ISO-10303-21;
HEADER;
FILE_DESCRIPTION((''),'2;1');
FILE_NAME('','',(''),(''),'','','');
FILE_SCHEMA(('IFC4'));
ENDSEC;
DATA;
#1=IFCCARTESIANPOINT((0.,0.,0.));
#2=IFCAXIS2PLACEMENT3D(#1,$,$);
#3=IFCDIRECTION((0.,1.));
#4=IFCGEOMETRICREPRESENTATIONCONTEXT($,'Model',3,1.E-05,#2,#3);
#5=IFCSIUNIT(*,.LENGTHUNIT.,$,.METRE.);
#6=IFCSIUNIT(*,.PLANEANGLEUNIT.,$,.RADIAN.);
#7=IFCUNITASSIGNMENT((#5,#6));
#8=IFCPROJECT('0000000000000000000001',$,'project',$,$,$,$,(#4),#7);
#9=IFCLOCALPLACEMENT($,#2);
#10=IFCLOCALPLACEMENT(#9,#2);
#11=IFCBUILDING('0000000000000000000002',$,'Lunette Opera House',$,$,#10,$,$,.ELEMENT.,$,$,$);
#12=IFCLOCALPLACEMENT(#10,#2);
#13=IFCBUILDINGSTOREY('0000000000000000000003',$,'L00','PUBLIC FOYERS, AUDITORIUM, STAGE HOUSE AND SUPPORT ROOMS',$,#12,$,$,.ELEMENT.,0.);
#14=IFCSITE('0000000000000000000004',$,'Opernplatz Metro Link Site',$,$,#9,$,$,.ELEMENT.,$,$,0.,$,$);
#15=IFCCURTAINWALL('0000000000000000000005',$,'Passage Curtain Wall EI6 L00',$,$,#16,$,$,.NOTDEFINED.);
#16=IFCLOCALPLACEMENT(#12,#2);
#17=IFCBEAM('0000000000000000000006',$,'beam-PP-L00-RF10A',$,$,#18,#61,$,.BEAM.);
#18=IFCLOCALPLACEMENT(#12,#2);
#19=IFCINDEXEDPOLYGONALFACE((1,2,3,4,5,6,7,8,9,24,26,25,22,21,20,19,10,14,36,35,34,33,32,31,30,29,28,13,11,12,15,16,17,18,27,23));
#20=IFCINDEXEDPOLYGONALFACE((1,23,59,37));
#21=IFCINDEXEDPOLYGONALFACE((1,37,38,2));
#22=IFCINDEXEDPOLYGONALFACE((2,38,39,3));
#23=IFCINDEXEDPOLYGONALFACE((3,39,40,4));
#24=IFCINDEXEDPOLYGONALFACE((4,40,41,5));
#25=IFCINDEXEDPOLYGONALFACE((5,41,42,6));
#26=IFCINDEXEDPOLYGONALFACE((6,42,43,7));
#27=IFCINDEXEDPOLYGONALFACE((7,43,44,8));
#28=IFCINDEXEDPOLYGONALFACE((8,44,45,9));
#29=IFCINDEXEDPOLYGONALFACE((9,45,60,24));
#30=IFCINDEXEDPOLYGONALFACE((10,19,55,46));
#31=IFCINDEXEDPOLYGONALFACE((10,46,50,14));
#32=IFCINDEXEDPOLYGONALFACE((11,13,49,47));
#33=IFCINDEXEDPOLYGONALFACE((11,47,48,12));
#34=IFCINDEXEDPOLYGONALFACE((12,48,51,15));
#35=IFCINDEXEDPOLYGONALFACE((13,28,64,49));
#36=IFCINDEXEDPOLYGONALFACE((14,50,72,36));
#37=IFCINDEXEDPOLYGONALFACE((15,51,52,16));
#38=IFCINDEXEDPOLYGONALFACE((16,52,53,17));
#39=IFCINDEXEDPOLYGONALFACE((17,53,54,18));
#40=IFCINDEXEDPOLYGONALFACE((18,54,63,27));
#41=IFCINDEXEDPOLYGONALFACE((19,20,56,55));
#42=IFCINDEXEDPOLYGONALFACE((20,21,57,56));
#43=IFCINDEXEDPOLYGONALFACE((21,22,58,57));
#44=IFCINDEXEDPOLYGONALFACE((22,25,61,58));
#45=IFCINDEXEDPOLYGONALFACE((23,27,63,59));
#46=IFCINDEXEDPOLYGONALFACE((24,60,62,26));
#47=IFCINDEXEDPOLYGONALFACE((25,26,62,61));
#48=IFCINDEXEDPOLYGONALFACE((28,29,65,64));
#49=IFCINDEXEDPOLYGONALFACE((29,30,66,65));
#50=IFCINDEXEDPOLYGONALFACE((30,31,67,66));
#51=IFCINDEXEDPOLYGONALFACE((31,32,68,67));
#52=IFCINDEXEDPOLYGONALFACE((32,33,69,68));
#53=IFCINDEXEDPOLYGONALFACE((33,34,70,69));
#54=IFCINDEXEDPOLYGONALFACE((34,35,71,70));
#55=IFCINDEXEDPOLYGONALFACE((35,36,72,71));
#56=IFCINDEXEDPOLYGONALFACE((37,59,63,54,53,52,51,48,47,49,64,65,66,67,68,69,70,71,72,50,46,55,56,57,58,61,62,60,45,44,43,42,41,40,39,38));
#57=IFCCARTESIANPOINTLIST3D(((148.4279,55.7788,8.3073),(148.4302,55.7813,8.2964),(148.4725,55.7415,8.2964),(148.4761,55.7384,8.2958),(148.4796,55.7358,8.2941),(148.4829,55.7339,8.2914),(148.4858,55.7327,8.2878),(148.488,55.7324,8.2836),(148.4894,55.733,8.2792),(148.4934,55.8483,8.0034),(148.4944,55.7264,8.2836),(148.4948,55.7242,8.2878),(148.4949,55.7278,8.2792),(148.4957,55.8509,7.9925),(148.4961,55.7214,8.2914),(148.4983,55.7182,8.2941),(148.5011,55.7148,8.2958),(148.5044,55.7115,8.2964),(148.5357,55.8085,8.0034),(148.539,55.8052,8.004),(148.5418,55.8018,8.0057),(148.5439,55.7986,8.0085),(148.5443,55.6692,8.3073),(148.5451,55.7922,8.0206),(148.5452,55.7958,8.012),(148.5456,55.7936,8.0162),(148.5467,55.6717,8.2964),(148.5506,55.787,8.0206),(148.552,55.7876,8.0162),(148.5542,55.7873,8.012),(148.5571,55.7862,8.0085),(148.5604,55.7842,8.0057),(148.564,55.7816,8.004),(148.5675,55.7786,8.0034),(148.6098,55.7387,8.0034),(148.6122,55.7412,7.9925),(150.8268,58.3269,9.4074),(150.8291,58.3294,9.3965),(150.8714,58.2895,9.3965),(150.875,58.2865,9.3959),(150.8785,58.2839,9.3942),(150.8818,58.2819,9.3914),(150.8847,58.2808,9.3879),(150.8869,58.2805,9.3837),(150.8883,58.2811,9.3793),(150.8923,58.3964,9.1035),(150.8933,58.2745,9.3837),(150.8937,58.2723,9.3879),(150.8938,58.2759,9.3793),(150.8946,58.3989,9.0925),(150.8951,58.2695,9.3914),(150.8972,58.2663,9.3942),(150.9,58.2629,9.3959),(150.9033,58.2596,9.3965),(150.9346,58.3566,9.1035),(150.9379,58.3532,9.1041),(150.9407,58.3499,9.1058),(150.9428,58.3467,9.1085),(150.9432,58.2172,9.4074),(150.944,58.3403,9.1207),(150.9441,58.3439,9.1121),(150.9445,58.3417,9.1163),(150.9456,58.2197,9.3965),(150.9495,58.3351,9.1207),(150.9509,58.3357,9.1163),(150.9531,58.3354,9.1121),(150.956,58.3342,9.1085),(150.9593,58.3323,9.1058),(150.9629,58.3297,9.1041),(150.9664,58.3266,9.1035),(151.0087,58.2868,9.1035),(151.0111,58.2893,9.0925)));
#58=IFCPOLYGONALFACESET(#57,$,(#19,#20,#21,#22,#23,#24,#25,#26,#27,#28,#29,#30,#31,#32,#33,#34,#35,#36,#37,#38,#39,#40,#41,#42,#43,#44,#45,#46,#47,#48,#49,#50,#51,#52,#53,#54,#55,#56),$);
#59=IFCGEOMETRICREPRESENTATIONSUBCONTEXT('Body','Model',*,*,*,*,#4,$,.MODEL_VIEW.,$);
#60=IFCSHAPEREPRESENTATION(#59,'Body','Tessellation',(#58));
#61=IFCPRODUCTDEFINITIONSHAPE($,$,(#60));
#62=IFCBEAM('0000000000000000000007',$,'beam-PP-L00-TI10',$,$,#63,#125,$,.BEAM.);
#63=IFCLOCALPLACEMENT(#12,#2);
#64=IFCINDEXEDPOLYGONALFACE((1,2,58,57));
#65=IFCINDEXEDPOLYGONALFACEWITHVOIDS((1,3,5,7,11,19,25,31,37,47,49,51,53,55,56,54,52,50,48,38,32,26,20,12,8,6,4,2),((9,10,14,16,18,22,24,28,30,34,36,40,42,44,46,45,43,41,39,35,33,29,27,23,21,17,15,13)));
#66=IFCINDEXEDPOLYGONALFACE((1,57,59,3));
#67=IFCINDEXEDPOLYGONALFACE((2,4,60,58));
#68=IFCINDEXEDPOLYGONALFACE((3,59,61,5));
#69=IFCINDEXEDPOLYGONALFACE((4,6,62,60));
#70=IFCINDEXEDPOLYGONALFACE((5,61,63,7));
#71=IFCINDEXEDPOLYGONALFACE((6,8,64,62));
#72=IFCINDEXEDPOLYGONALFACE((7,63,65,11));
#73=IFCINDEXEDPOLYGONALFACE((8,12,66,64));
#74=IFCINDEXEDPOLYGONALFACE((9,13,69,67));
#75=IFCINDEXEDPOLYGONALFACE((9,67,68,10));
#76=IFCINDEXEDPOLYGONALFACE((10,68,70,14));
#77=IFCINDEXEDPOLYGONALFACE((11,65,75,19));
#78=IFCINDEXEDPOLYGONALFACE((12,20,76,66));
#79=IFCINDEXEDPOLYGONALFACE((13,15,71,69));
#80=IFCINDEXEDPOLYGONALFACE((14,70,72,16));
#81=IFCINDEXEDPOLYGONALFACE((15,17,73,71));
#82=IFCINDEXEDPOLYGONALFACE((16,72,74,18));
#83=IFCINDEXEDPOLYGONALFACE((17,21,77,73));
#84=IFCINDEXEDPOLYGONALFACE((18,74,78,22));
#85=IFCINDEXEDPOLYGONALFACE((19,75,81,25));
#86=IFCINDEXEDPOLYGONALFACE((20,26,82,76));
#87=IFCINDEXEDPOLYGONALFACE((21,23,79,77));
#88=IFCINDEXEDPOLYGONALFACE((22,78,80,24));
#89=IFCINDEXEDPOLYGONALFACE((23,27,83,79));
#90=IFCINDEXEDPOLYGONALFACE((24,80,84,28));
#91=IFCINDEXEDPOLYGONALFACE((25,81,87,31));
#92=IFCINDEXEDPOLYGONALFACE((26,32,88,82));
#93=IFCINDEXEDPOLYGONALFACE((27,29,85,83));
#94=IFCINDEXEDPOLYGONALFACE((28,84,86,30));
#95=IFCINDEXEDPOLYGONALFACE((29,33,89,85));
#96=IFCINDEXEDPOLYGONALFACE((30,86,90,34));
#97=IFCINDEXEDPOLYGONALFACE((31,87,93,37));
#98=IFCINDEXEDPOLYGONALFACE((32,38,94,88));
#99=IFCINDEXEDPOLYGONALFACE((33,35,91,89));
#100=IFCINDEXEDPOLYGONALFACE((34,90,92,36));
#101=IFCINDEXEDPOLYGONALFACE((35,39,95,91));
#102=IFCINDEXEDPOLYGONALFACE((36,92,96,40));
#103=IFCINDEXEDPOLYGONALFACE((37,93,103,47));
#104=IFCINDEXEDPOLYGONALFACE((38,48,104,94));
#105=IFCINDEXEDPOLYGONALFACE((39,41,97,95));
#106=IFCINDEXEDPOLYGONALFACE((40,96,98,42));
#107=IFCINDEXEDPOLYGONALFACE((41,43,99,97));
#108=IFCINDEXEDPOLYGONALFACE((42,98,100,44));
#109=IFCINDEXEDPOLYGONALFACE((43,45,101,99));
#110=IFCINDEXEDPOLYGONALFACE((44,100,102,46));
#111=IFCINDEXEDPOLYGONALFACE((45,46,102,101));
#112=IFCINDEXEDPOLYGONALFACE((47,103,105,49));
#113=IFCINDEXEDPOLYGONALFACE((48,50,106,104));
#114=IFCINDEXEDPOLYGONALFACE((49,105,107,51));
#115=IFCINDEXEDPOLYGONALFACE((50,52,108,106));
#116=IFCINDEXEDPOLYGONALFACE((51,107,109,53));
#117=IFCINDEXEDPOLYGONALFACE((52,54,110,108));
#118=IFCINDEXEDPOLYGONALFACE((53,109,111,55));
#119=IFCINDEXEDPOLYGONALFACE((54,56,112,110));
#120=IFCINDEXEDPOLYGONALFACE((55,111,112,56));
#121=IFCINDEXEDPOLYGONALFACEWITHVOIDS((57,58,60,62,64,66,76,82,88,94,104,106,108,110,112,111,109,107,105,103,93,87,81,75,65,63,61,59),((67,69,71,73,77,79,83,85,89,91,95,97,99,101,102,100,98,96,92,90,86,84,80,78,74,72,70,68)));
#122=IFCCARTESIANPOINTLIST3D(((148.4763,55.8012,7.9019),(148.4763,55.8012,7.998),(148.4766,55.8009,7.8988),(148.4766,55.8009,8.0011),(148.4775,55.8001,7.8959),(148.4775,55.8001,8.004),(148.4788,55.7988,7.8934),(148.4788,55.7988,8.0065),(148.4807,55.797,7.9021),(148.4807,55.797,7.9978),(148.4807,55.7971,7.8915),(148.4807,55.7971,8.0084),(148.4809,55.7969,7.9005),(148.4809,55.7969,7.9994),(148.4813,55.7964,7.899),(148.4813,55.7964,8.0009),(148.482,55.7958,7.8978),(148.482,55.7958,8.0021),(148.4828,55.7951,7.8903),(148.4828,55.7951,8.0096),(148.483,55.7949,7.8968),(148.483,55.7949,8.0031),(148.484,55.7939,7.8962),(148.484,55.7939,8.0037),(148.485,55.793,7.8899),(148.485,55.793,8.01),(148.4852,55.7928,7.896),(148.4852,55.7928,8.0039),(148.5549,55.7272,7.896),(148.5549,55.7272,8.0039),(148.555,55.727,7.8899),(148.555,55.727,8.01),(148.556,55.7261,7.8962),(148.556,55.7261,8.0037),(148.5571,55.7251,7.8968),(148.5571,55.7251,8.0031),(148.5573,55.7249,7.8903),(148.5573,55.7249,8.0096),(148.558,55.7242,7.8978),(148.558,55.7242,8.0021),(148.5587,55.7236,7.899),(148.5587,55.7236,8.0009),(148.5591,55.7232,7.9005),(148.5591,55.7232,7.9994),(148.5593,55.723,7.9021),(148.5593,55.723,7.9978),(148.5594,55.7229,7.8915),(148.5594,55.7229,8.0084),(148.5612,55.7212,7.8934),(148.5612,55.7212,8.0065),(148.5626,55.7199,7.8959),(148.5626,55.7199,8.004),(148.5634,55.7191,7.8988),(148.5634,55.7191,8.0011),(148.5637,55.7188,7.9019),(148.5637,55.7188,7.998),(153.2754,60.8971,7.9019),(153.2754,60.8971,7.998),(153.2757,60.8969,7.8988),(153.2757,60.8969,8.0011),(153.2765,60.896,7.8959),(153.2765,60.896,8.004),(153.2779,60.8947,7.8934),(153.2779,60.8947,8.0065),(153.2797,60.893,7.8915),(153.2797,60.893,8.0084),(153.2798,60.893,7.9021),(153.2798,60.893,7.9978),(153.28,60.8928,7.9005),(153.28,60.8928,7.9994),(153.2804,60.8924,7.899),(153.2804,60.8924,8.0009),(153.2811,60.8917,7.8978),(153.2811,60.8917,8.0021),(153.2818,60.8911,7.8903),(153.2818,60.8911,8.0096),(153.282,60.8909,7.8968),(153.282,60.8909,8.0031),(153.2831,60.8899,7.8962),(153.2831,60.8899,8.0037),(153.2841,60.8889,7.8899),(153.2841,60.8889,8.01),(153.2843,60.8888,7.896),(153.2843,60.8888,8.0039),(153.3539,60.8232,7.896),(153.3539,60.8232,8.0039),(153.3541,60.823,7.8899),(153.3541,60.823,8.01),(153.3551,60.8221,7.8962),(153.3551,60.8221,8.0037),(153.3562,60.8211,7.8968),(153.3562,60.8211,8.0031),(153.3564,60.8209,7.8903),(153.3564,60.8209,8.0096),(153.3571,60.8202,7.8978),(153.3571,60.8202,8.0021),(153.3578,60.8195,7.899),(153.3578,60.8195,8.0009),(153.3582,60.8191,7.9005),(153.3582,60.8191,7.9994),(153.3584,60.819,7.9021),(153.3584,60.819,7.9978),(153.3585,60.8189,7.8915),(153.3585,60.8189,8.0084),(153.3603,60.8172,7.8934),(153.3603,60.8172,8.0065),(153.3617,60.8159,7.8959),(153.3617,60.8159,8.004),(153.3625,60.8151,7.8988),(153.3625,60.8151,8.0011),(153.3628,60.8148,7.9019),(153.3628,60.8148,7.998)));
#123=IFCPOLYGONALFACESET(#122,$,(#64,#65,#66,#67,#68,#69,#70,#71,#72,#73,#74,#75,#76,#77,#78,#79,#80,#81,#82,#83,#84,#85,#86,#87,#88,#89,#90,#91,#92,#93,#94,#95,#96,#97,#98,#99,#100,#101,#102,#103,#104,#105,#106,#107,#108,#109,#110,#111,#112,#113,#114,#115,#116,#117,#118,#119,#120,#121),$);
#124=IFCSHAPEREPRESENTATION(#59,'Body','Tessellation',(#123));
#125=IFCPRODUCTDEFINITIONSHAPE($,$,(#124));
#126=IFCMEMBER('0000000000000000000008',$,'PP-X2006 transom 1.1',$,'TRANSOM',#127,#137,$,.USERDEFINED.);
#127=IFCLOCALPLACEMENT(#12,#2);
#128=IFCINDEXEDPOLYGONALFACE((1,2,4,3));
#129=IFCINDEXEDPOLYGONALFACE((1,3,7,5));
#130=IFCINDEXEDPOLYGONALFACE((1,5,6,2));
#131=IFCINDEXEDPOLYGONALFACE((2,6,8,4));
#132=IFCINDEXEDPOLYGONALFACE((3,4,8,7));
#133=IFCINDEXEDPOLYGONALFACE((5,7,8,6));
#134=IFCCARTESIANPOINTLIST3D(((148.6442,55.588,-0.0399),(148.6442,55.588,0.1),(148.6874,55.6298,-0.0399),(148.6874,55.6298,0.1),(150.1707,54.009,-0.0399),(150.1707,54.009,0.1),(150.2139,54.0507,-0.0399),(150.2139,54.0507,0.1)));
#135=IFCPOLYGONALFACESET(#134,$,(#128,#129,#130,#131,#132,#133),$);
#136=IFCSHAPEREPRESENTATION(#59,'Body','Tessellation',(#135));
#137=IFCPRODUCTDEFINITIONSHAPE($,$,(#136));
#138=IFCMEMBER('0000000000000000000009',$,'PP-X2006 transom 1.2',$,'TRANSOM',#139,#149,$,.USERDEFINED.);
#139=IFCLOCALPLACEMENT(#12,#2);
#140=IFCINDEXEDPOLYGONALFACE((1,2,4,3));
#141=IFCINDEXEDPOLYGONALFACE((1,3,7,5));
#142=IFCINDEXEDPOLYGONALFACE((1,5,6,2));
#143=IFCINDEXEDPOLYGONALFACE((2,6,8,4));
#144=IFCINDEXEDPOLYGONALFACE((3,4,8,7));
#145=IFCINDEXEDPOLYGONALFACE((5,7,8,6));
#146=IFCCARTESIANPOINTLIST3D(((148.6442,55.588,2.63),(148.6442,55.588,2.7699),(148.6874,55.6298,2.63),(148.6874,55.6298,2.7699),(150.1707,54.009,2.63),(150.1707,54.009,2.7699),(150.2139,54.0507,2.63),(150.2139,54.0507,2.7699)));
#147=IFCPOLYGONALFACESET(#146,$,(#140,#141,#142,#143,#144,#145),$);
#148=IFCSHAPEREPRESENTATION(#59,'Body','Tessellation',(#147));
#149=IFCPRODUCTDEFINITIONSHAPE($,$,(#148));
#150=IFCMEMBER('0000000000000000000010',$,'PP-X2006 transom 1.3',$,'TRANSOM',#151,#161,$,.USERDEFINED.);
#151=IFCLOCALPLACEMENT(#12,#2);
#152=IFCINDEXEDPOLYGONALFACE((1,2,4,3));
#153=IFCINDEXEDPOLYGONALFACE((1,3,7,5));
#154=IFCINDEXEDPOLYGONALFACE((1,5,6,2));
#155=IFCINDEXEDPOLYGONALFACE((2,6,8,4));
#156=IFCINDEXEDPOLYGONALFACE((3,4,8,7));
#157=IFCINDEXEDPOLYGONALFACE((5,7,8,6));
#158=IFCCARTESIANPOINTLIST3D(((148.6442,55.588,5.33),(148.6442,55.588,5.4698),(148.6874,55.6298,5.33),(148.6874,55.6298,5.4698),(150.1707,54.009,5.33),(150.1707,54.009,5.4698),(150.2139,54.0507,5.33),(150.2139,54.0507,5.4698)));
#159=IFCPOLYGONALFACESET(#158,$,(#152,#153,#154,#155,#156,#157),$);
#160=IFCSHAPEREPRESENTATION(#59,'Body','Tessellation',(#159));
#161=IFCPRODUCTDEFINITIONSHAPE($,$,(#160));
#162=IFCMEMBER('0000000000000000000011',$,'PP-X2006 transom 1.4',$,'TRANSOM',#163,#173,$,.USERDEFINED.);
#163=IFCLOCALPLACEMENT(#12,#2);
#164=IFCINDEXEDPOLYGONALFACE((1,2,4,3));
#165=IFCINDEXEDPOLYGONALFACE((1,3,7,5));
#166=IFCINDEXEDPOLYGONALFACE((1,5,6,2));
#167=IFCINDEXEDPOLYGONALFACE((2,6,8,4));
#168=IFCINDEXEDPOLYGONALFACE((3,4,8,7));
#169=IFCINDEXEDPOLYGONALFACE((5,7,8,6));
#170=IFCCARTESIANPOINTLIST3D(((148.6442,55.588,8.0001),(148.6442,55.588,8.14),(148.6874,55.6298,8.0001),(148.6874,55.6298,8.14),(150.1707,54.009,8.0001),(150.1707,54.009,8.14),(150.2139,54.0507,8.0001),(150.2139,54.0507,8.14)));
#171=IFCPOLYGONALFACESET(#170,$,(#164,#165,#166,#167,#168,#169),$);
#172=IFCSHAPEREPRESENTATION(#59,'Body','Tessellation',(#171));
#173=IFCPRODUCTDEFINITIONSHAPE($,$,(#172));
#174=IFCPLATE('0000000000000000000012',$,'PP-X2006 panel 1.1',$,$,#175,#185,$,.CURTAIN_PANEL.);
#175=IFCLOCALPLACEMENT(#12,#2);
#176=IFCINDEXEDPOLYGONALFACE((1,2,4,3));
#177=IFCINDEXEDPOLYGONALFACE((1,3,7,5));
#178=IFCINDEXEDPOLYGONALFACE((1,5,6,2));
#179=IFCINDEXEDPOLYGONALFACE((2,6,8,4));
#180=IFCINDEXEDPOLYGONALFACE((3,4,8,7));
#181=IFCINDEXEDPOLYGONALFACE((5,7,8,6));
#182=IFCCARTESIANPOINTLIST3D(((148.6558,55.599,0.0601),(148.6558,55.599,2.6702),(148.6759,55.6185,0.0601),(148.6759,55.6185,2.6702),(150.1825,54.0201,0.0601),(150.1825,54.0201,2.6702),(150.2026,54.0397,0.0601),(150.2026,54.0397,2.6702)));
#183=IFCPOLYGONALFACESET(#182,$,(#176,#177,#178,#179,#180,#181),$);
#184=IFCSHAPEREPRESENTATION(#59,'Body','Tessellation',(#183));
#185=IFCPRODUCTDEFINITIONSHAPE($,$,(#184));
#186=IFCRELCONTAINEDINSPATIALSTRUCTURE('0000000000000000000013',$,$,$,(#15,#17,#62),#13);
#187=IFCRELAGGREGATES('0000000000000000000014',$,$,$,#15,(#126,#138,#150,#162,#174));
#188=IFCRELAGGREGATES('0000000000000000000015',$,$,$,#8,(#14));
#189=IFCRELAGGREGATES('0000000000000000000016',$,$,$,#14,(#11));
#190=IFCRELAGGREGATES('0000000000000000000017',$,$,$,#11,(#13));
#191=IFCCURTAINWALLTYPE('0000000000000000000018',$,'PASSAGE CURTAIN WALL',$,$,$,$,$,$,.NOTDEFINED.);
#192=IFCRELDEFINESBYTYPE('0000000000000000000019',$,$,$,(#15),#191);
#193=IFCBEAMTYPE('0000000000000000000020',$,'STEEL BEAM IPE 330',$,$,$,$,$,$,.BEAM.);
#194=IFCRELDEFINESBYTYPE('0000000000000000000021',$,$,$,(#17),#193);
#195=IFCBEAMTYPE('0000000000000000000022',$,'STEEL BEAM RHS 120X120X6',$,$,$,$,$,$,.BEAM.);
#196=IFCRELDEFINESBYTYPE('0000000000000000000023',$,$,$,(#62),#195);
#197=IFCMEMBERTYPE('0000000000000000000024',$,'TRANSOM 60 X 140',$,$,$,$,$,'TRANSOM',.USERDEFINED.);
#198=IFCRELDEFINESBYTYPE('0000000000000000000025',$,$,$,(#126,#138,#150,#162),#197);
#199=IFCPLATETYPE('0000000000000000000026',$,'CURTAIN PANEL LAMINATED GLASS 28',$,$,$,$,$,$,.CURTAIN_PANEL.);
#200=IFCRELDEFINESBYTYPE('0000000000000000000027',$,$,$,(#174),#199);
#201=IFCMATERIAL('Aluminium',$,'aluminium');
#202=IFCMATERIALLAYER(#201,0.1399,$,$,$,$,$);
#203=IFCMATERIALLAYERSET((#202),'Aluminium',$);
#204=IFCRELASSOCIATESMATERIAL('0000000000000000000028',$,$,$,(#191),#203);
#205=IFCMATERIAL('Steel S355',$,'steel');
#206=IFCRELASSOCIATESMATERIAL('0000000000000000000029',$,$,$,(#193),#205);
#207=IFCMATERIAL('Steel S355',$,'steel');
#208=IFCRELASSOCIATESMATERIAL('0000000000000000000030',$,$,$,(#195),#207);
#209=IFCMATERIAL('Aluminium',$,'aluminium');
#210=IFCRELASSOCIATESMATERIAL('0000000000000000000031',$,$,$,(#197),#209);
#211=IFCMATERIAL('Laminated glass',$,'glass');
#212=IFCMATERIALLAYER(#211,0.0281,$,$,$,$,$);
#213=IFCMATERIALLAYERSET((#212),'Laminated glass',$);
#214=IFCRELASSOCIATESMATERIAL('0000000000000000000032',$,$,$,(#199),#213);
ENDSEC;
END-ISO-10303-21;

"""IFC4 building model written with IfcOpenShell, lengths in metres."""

from ifc_helpers import new_model, si_unit, direction, frame, origin, origin_2d, place, context, subcontext, project, spatial, rectangle, hollow_rectangle, i_section, extrude, material, layer, layer_set, material_profile, profile_set, type_object, element, aggregate, save


model = new_model("IFC4")

# Units and contexts
model_context = context("Model", 3, precision=1e-05, world=origin(), true_north=direction((0.0, 1.0)))
body_context = subcontext(model_context, "Body", "Model", "MODEL_VIEW")
ifc_project = project(units=[si_unit("LENGTHUNIT", "METRE"), si_unit("PLANEANGLEUNIT", "RADIAN")], contexts=[model_context])

# Site, building, storey
site_placement = place(None, origin())
site = spatial("IfcSite", under=ifc_project, at=site_placement, Name="Opernplatz Metro Link Site", CompositionType="ELEMENT", RefElevation=0.0)
building_placement = place(site_placement, origin())
building = spatial("IfcBuilding", under=site, at=building_placement, Name="Lunette Opera House", CompositionType="ELEMENT")
storey_placement = place(building_placement, origin())
storey = spatial("IfcBuildingStorey", under=building, at=storey_placement, Name="L00", Description="PUBLIC FOYERS, AUDITORIUM, STAGE HOUSE AND SUPPORT ROOMS", CompositionType="ELEMENT", Elevation=0.0)

# Curtain wall
ifc_material_1 = material(Name="Aluminium", Category="aluminium")
ifc_layer_1 = layer(ifc_material_1, 0.1399)
ifc_layer_set_1 = layer_set([ifc_layer_1], Name="Aluminium")
curtain_wall_type = type_object("IfcCurtainWallType", Name="PASSAGE CURTAIN WALL", PredefinedType="NOTDEFINED", material=ifc_layer_set_1)
curtain_wall_1_placement = place(storey_placement, origin())
curtain_wall_1 = element("IfcCurtainWall", 1, at=curtain_wall_1_placement, inside=storey, type_object=curtain_wall_type, Name="Passage Curtain Wall EI6 L00", PredefinedType="NOTDEFINED")

# Beams
ifc_material_2 = material(Name="Steel S355", Category="steel")
ifc_material_profile_1 = material_profile(ifc_material_2, i_section(OverallWidth=0.1599, OverallDepth=0.3301, WebThickness=0.0076, FlangeThickness=0.0115, FilletRadius=0.0181, at=origin_2d()), Name="IPE 330")
ifc_profile_set_1 = profile_set([ifc_material_profile_1], Name="Steel S355")
beam_type_1 = type_object("IfcBeamType", Name="STEEL BEAM IPE 330", PredefinedType="BEAM", material=ifc_profile_set_1)
beam_1_placement = place(storey_placement, frame((148.52, 55.76, 8.1499), z_axis=(0.653927, 0.694589, 0.299877), x_axis=(-0.728098, 0.685473, 0.0)))
element("IfcBeam", 2, at=beam_1_placement, inside=storey, type_object=beam_type_1, Name="beam-PP-L00-RF10A", PredefinedType="BEAM", context=body_context, shape_type="SweptSolid", body=[
    extrude(i_section(OverallWidth=0.1599, OverallDepth=0.3301, WebThickness=0.0076, FlangeThickness=0.0115, FilletRadius=0.0181, at=origin_2d()), origin(), (0.0, 0.0, 1.0), 3.6685),
])
ifc_material_3 = material(Name="Steel S355", Category="steel")
ifc_material_profile_2 = material_profile(ifc_material_3, hollow_rectangle(XDim=0.1201, YDim=0.1201, WallThickness=0.0061, InnerFilletRadius=0.0061, OuterFilletRadius=0.012, at=origin_2d()), Name="RHS 120X120X6")
ifc_profile_set_2 = profile_set([ifc_material_profile_2], Name="Steel S355")
beam_type_2 = type_object("IfcBeamType", Name="STEEL BEAM RHS 120X120X6", PredefinedType="BEAM", material=ifc_profile_set_2)
beam_2_placement = place(storey_placement, frame((148.52, 55.76, 7.95), z_axis=(0.685583, 0.727994, 0.0), x_axis=(-0.727994, 0.685583, 0.0)))
element("IfcBeam", 3, at=beam_2_placement, inside=storey, type_object=beam_type_2, Name="beam-PP-L00-TI10", PredefinedType="BEAM", context=body_context, shape_type="SweptSolid", body=[
    extrude(hollow_rectangle(XDim=0.1201, YDim=0.1201, WallThickness=0.0061, InnerFilletRadius=0.0061, OuterFilletRadius=0.012, at=origin_2d()), origin(), (0.0, 0.0, 1.0), 7.0),
])

# Members
ifc_material_4 = material(Name="Aluminium", Category="aluminium")
ifc_material_profile_3 = material_profile(ifc_material_4, rectangle(XDim=0.0601, YDim=0.1399, at=origin_2d()), Name="TRANSOM 60 X 140")
ifc_profile_set_3 = profile_set([ifc_material_profile_3], Name="Aluminium")
member_type_1 = type_object("IfcMemberType", Name="TRANSOM 60 X 140", ElementType="TRANSOM", PredefinedType="USERDEFINED", material=ifc_profile_set_3)
member_1_placement = place(storey_placement, frame((148.6658, 55.6089, 0.03), z_axis=(0.695057, -0.718955, 0.0), x_axis=(0.718955, 0.695057, 0.0)))
member_1 = element("IfcMember", 4, at=member_1_placement, type_object=member_type_1, Name="PP-X2006 transom 1.1", ObjectType="TRANSOM", PredefinedType="USERDEFINED", context=body_context, shape_type="SweptSolid", body=[
    extrude(rectangle(XDim=0.0601, YDim=0.1399, at=origin_2d()), origin(), (0.0, 0.0, 1.0), 2.1963),
])
member_2_placement = place(storey_placement, frame((148.6658, 55.6089, 2.7), z_axis=(0.695057, -0.718955, 0.0), x_axis=(0.718955, 0.695057, 0.0)))
member_2 = element("IfcMember", 5, at=member_2_placement, type_object=member_type_1, Name="PP-X2006 transom 1.2", ObjectType="TRANSOM", PredefinedType="USERDEFINED", context=body_context, shape_type="SweptSolid", body=[
    extrude(rectangle(XDim=0.0601, YDim=0.1399, at=origin_2d()), origin(), (0.0, 0.0, 1.0), 2.1963),
])
member_3_placement = place(storey_placement, frame((148.6658, 55.6089, 5.3999), z_axis=(0.695057, -0.718955, 0.0), x_axis=(0.718955, 0.695057, 0.0)))
member_3 = element("IfcMember", 6, at=member_3_placement, type_object=member_type_1, Name="PP-X2006 transom 1.3", ObjectType="TRANSOM", PredefinedType="USERDEFINED", context=body_context, shape_type="SweptSolid", body=[
    extrude(rectangle(XDim=0.0601, YDim=0.1399, at=origin_2d()), origin(), (0.0, 0.0, 1.0), 2.1963),
])
member_4_placement = place(storey_placement, frame((148.6658, 55.6089, 8.0701), z_axis=(0.695057, -0.718955, 0.0), x_axis=(0.718955, 0.695057, 0.0)))
member_4 = element("IfcMember", 7, at=member_4_placement, type_object=member_type_1, Name="PP-X2006 transom 1.4", ObjectType="TRANSOM", PredefinedType="USERDEFINED", context=body_context, shape_type="SweptSolid", body=[
    extrude(rectangle(XDim=0.0601, YDim=0.1399, at=origin_2d()), origin(), (0.0, 0.0, 1.0), 2.1963),
])

# Plate
ifc_material_5 = material(Name="Laminated glass", Category="glass")
ifc_layer_2 = layer(ifc_material_5, 0.0281)
ifc_layer_set_2 = layer_set([ifc_layer_2], Name="Laminated glass")
plate_type_1 = type_object("IfcPlateType", Name="CURTAIN PANEL LAMINATED GLASS 28", PredefinedType="CURTAIN_PANEL", material=ifc_layer_set_2)
plate_1_placement = place(storey_placement, frame((149.4292, 54.8193, 0.0601), z_axis=(0.0, 0.0, 1.0), x_axis=(0.695125, -0.718889, 0.0)))
plate_1 = element("IfcPlate", 8, at=plate_1_placement, type_object=plate_type_1, Name="PP-X2006 panel 1.1", PredefinedType="CURTAIN_PANEL", context=body_context, shape_type="SweptSolid", body=[
    extrude(rectangle(XDim=2.1963, YDim=0.0281, at=origin_2d()), origin(), (0.0, 0.0, 1.0), 2.6101),
])
aggregate(curtain_wall_1, [member_1, member_2, member_3, member_4, plate_1])

save(model, "model.ifc")
